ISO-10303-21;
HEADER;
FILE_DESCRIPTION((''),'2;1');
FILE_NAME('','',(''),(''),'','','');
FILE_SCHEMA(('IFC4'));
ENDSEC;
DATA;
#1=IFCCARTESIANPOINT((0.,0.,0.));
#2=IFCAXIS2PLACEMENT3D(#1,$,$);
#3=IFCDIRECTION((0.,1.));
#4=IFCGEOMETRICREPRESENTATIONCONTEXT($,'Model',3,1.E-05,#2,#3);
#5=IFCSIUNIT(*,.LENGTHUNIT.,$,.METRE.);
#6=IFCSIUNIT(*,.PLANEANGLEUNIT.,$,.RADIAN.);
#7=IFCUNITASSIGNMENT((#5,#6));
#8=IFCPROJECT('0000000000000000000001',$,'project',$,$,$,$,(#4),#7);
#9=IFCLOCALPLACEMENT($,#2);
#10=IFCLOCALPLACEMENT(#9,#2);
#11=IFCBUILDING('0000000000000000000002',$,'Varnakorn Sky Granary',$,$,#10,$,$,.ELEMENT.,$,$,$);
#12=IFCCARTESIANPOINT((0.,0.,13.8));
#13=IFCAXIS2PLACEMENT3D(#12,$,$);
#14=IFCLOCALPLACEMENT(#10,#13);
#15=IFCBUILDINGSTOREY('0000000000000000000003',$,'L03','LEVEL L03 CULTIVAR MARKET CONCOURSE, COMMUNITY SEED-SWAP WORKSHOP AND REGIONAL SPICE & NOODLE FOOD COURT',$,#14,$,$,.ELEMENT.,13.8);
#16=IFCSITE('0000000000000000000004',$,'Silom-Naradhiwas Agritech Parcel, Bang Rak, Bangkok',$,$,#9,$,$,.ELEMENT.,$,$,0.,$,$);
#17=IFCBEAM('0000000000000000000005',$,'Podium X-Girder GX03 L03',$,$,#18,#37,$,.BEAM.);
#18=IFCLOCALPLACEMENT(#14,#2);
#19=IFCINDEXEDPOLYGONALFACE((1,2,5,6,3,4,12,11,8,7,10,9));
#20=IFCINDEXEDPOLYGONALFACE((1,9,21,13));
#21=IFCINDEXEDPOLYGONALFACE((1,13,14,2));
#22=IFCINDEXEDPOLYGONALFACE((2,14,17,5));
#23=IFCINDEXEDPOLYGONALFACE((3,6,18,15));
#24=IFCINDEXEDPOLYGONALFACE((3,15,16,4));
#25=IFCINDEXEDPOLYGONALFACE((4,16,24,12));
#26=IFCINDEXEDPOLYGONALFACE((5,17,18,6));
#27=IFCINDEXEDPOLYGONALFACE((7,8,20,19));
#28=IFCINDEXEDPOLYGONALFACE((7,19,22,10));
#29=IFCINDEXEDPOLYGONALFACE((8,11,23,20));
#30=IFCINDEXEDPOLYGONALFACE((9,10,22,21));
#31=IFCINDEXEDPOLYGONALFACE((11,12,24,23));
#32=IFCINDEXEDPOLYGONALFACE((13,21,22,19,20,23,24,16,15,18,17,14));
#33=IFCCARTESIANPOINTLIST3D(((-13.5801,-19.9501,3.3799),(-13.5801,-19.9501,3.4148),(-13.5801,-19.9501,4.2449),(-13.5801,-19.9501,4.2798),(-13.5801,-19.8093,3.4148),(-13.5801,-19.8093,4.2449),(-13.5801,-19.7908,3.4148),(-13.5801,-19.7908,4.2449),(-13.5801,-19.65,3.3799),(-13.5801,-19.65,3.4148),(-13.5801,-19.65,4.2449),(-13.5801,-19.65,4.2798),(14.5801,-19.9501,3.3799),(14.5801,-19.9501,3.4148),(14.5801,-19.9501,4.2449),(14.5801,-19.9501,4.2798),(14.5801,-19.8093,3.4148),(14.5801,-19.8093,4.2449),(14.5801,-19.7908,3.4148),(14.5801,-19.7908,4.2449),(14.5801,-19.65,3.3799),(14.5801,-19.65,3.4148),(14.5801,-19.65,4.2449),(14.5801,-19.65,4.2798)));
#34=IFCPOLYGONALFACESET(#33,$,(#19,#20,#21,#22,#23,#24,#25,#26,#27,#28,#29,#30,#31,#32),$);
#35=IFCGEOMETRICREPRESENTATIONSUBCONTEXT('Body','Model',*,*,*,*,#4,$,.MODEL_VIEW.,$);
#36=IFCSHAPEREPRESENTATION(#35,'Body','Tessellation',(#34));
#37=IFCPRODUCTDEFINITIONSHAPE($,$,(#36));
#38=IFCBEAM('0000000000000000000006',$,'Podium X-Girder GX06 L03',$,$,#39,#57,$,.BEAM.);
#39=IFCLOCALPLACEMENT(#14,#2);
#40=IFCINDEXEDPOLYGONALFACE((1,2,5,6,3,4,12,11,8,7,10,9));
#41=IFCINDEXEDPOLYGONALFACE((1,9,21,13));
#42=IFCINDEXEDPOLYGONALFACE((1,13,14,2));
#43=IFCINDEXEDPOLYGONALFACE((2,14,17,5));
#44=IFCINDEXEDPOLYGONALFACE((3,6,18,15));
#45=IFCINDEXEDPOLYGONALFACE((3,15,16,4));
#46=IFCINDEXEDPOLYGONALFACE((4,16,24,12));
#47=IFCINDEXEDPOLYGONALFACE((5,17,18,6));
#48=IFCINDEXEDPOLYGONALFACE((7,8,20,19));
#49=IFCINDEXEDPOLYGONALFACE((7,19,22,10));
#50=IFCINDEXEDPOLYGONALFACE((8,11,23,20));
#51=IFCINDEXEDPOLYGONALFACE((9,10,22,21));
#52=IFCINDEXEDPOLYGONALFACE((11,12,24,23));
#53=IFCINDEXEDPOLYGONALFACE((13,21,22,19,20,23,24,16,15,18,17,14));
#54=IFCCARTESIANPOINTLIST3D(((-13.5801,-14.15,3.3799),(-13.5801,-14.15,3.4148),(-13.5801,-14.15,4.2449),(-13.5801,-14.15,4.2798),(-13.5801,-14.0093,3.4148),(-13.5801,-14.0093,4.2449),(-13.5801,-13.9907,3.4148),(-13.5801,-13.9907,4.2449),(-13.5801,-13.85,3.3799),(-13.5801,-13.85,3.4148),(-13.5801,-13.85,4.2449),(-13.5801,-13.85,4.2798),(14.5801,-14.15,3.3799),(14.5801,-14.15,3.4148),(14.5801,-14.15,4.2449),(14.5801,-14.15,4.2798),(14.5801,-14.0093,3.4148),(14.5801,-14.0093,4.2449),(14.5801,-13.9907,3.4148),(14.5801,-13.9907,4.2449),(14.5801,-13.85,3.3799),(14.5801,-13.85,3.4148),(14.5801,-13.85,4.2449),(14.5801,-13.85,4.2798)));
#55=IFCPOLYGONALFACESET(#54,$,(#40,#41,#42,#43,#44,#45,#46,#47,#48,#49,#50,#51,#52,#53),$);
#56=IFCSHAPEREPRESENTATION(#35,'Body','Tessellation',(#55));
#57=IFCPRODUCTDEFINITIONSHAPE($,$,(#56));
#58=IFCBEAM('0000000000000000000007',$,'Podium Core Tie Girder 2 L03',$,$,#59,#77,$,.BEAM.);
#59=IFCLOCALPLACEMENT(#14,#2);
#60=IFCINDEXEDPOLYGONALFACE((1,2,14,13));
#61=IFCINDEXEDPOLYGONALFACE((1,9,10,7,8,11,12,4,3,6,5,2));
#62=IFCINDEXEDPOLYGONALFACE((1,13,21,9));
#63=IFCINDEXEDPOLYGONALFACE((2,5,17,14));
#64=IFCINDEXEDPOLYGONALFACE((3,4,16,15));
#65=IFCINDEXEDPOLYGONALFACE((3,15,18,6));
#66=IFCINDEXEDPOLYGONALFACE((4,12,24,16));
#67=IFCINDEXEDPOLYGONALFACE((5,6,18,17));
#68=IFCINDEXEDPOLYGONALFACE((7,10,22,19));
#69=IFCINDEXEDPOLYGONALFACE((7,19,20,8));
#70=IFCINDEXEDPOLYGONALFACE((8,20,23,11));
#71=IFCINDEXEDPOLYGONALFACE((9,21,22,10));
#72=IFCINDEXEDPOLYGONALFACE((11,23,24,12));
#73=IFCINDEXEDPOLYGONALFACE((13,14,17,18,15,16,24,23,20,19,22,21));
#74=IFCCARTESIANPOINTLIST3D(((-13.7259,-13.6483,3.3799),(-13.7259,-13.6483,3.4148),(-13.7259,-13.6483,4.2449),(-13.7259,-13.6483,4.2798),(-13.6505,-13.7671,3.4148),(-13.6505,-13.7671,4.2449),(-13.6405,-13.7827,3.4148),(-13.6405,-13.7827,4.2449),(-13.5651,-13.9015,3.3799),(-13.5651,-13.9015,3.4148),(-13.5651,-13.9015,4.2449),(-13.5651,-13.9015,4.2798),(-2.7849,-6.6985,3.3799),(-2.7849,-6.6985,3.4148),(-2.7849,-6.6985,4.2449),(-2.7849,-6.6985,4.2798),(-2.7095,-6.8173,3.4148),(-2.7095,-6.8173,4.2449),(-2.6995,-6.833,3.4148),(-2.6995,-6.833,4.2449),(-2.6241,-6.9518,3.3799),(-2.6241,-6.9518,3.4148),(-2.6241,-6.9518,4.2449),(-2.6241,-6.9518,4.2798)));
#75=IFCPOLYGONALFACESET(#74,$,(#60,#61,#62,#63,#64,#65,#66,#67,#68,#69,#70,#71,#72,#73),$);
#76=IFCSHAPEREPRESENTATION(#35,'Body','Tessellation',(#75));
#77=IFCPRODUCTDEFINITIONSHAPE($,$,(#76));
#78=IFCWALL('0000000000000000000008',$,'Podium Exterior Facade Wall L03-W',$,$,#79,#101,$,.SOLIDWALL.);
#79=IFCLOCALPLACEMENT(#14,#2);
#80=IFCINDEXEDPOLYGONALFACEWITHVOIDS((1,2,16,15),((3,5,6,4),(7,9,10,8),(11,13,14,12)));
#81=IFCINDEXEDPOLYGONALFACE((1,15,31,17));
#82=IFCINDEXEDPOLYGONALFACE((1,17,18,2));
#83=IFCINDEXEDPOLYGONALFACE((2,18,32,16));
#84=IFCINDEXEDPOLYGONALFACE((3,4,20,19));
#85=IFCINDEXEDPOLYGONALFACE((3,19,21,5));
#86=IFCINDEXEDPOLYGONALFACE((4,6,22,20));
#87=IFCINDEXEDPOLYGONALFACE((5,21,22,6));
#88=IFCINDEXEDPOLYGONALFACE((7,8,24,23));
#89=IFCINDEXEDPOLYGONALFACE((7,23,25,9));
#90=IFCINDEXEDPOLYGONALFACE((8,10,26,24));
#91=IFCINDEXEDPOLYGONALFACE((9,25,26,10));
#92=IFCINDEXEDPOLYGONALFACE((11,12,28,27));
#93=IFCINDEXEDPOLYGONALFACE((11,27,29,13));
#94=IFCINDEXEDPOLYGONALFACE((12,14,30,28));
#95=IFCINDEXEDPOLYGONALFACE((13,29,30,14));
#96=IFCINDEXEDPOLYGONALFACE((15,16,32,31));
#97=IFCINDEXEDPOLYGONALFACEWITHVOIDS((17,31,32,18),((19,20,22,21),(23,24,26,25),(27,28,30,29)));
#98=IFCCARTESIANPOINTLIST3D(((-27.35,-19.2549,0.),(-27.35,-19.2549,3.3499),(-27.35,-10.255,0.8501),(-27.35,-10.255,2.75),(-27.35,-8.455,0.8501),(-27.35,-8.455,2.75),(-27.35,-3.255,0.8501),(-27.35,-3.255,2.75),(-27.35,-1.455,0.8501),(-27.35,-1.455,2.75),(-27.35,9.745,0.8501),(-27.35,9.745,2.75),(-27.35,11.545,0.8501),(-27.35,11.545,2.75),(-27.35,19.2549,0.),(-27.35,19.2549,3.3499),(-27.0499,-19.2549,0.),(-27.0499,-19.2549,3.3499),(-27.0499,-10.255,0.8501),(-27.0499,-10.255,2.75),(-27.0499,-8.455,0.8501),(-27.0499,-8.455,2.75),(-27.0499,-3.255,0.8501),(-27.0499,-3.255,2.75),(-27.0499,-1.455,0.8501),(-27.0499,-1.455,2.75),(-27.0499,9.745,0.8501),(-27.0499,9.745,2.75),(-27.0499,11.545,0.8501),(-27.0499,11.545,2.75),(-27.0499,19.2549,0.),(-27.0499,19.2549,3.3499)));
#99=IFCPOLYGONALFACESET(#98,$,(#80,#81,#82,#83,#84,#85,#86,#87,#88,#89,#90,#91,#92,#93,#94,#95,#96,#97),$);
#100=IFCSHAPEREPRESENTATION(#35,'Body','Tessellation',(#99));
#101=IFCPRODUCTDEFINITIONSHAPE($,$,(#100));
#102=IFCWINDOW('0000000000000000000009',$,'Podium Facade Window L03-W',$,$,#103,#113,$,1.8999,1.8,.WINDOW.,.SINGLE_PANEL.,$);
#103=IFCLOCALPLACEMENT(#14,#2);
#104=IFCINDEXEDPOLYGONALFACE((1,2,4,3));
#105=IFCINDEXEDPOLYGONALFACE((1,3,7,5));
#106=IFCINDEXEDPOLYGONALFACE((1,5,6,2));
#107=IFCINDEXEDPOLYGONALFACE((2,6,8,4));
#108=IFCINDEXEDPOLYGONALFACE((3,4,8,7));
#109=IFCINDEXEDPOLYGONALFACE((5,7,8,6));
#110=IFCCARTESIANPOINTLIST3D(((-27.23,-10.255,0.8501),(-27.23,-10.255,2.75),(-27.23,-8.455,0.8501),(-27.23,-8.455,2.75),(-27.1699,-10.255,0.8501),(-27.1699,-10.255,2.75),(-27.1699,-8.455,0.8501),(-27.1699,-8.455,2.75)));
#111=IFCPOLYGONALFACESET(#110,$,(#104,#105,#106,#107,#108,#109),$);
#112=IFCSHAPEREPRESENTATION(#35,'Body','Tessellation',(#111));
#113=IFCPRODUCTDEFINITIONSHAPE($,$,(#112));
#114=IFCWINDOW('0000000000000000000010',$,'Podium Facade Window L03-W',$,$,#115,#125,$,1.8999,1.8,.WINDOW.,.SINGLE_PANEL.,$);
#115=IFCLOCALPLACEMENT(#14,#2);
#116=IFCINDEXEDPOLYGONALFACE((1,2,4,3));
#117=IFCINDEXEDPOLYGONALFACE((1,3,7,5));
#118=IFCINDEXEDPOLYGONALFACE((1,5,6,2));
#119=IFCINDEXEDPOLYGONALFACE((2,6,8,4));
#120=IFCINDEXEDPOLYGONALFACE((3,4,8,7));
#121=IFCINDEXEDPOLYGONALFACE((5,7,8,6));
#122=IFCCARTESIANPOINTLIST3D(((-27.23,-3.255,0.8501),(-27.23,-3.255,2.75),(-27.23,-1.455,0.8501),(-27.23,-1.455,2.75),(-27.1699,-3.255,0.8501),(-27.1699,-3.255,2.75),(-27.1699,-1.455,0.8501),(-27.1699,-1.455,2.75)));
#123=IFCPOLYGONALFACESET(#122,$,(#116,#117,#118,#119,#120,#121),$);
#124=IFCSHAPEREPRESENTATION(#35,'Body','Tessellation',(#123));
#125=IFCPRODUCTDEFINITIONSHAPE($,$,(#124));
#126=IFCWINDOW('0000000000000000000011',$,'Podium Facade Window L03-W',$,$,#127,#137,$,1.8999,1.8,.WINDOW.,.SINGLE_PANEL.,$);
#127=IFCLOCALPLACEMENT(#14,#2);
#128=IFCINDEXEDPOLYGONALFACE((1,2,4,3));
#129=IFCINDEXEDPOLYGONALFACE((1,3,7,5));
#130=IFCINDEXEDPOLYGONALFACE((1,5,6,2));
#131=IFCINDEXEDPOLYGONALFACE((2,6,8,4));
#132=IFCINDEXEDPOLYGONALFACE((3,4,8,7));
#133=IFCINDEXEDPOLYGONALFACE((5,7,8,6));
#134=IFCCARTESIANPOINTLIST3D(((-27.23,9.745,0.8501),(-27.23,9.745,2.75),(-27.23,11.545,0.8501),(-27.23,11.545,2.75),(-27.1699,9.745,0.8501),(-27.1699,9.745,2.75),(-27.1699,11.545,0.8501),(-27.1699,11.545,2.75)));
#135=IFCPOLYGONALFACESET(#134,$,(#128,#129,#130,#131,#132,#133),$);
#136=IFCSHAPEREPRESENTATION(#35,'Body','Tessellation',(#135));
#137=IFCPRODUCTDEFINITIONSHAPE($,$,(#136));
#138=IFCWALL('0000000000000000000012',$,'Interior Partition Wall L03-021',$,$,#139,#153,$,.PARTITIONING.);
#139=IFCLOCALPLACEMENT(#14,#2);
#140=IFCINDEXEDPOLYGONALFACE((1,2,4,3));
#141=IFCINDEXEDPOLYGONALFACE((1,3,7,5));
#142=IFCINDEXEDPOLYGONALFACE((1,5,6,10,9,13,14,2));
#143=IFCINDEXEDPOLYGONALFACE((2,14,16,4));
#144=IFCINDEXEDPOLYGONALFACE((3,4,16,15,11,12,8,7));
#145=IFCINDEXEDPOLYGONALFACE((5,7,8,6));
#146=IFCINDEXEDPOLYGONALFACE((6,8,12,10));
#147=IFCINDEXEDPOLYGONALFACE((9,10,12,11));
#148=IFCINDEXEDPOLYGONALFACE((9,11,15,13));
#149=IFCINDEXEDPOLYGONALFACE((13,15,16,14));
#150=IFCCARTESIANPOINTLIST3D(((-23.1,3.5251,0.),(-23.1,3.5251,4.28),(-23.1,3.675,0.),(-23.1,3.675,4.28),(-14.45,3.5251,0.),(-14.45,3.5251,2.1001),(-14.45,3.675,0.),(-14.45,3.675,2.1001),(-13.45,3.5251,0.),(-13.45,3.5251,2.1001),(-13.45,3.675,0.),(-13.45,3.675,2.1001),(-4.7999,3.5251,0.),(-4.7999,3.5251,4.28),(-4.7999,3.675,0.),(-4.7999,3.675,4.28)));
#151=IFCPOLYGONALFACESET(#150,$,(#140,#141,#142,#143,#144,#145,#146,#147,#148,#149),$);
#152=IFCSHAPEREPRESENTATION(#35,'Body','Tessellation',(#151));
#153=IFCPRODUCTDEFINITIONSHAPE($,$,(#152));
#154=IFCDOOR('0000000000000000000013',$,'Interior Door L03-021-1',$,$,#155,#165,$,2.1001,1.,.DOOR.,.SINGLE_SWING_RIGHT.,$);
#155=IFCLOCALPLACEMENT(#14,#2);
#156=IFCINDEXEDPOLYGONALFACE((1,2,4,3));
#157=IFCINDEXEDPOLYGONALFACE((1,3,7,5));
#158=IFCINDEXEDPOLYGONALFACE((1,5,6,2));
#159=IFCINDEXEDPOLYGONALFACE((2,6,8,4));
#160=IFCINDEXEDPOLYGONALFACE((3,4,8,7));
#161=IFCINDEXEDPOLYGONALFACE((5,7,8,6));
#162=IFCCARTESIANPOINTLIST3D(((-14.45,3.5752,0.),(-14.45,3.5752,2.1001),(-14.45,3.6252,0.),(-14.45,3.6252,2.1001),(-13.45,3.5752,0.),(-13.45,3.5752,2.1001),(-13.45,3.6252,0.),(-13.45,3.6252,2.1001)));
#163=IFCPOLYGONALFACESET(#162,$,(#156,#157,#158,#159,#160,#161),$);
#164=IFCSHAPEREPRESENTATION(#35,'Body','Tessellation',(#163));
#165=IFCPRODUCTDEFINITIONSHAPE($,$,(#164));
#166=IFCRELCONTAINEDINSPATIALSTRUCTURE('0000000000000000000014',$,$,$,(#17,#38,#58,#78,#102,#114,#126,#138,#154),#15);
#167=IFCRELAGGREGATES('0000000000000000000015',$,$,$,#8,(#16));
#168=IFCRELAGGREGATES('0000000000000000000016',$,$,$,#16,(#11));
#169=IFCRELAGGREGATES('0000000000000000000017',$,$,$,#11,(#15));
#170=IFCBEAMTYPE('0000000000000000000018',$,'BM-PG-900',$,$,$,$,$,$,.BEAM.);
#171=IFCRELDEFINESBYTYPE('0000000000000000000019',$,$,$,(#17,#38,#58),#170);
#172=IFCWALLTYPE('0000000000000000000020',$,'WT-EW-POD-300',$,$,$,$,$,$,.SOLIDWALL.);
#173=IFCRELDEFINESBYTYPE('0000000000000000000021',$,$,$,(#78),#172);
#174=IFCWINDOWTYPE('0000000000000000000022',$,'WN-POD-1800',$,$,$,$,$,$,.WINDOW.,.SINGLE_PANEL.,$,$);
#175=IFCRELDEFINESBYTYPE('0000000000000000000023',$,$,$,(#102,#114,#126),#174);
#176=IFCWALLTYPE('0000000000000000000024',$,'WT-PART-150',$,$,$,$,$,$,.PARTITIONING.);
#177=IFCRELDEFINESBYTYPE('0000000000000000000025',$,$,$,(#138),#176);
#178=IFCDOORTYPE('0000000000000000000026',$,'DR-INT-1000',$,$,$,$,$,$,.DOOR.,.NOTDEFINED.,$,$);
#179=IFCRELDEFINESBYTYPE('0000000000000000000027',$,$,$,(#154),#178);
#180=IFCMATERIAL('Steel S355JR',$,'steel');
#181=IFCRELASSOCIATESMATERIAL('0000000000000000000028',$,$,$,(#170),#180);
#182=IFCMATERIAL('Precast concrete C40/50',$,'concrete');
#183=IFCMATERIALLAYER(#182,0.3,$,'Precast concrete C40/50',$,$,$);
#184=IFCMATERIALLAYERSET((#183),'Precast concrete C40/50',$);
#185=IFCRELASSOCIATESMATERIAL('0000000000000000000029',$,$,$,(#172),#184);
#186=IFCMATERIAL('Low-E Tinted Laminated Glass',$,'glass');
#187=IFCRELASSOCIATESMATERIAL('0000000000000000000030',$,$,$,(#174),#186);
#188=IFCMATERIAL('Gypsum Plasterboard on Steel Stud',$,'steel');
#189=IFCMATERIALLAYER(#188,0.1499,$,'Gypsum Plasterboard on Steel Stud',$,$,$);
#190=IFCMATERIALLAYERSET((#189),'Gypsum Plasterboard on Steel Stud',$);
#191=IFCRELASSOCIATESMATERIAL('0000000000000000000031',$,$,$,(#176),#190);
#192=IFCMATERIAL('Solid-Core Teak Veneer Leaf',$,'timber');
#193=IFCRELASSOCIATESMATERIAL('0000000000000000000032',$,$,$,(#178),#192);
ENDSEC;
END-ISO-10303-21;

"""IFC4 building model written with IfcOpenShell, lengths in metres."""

from ifc_helpers import new_model, si_unit, direction, frame, frame_2d, origin, origin_2d, place, context, subcontext, project, spatial, rectangle, i_section, extrude, material, layer, layer_set, material_profile, profile_set, type_object, element, fill, save


model = new_model("IFC4")

# Units and contexts
model_context = context("Model", 3, precision=1e-05, world=origin(), true_north=direction((0.0, 1.0)))
body_context = subcontext(model_context, "Body", "Model", "MODEL_VIEW")
ifc_project = project(units=[si_unit("LENGTHUNIT", "METRE"), si_unit("PLANEANGLEUNIT", "RADIAN")], contexts=[model_context])

# Site, building, storey
site_placement = place(None, origin())
site = spatial("IfcSite", under=ifc_project, at=site_placement, Name="Silom-Naradhiwas Agritech Parcel, Bang Rak, Bangkok", CompositionType="ELEMENT", RefElevation=0.0)
building_placement = place(site_placement, origin())
building = spatial("IfcBuilding", under=site, at=building_placement, Name="Varnakorn Sky Granary", CompositionType="ELEMENT")
storey_placement = place(building_placement, frame((0.0, 0.0, 13.8)))
storey = spatial("IfcBuildingStorey", under=building, at=storey_placement, Name="L03", Description="LEVEL L03 CULTIVAR MARKET CONCOURSE, COMMUNITY SEED-SWAP WORKSHOP AND REGIONAL SPICE & NOODLE FOOD COURT", CompositionType="ELEMENT", Elevation=13.8)

# Beams
ifc_material_1 = material(Name="Steel S355JR", Category="steel")
ifc_material_profile_1 = material_profile(ifc_material_1, i_section(OverallWidth=0.3, OverallDepth=0.8999, WebThickness=0.0186, FlangeThickness=0.0349, at=origin_2d()), Name="HE 900 B")
ifc_profile_set_1 = profile_set([ifc_material_profile_1], Name="Steel S355JR")
beam_type_1 = type_object("IfcBeamType", Name="BM-PG-900", PredefinedType="BEAM", material=ifc_profile_set_1)
for number, where, z_axis, x_axis, name in (
    (1, (-13.5801, -19.8, 3.8298), (1.0, 0.0, 0.0), (0.0, 1.0, 0.0), "Podium X-Girder GX03 L03"),
    (2, (-13.5801, -14.0, 3.8298), (1.0, 0.0, 0.0), (0.0, 1.0, 0.0), "Podium X-Girder GX06 L03"),
):
    element("IfcBeam", number, at=place(storey_placement, frame(where, z_axis=z_axis, x_axis=x_axis)), inside=storey, type_object=beam_type_1, Name=name, PredefinedType="BEAM", context=body_context, shape_type="SweptSolid", body=[
        extrude(i_section(OverallWidth=0.3, OverallDepth=0.8999, WebThickness=0.0186, FlangeThickness=0.0349, at=origin_2d()), origin(), (0.0, 0.0, 1.0), 28.1602),
    ])
beam_1_placement = place(storey_placement, frame((-13.6455, -13.7749, 3.8298), z_axis=(0.844105, 0.536178, 0.0), x_axis=(-0.536178, 0.844105, 0.0)))
element("IfcBeam", 3, at=beam_1_placement, inside=storey, type_object=beam_type_1, Name="Podium Core Tie Girder 2 L03", PredefinedType="BEAM", context=body_context, shape_type="SweptSolid", body=[
    extrude(i_section(OverallWidth=0.3, OverallDepth=0.8999, WebThickness=0.0186, FlangeThickness=0.0349, at=origin_2d()), origin(), (0.0, 0.0, 1.0), 12.9617),
])

# Wall, openings, windows
ifc_material_2 = material(Name="Precast concrete C40/50", Category="concrete")
ifc_layer_1 = layer(ifc_material_2, 0.3, Name="Precast concrete C40/50")
ifc_layer_set_1 = layer_set([ifc_layer_1], Name="Precast concrete C40/50")
wall_type_1 = type_object("IfcWallType", Name="WT-EW-POD-300", PredefinedType="SOLIDWALL", material=ifc_layer_set_1)
wall_1_placement = place(storey_placement, frame((-27.2, -19.2549, 0.0), z_axis=(0.0, 0.0, 1.0), x_axis=(0.0, 1.0, 0.0)))
wall_1 = element("IfcWall", 4, at=wall_1_placement, inside=storey, type_object=wall_type_1, Name="Podium Exterior Facade Wall L03-W", PredefinedType="SOLIDWALL", context=body_context, shape_type="SweptSolid", body=[
    extrude(rectangle(XDim=38.5098, YDim=0.3, at=frame_2d((19.2549, 0.0))), origin(), (0.0, 0.0, 1.0), 3.3499),
])
opening_1_placement = place(wall_1_placement, frame((9.0, 0.0, 0.8501)))
opening_1 = element("IfcOpeningElement", 5, at=opening_1_placement, cuts=wall_1, PredefinedType="OPENING", context=body_context, shape_type="SweptSolid", body=[
    extrude(rectangle(XDim=1.8, YDim=1.8999, at=frame_2d((0.8999, 0.95))), frame((0.0, 0.1602, 0.0), z_axis=(0.0, -1.0, 0.0), x_axis=(1.0, 0.0, 0.0)), (0.0, 0.0, 1.0), 0.3201),
])
opening_2_placement = place(wall_1_placement, frame((16.0, 0.0, 0.8501)))
opening_2 = element("IfcOpeningElement", 6, at=opening_2_placement, cuts=wall_1, PredefinedType="OPENING", context=body_context, shape_type="SweptSolid", body=[
    extrude(rectangle(XDim=1.8, YDim=1.8999, at=frame_2d((0.8999, 0.95))), frame((0.0, 0.1602, 0.0), z_axis=(0.0, -1.0, 0.0), x_axis=(1.0, 0.0, 0.0)), (0.0, 0.0, 1.0), 0.3201),
])
opening_3_placement = place(wall_1_placement, frame((29.0, 0.0, 0.8501)))
opening_3 = element("IfcOpeningElement", 7, at=opening_3_placement, cuts=wall_1, PredefinedType="OPENING", context=body_context, shape_type="SweptSolid", body=[
    extrude(rectangle(XDim=1.8, YDim=1.8999, at=frame_2d((0.8999, 0.95))), frame((0.0, 0.1602, 0.0), z_axis=(0.0, -1.0, 0.0), x_axis=(1.0, 0.0, 0.0)), (0.0, 0.0, 1.0), 0.3201),
])
ifc_material_3 = material(Name="Low-E Tinted Laminated Glass", Category="glass")
window_type = type_object("IfcWindowType", Name="WN-POD-1800", PartitioningType="SINGLE_PANEL", PredefinedType="WINDOW", material=ifc_material_3)
window_1_placement = place(opening_1_placement, origin())
window_1 = element("IfcWindow", 8, at=window_1_placement, inside=storey, type_object=window_type, Name="Podium Facade Window L03-W", OverallHeight=1.8999, OverallWidth=1.8, PartitioningType="SINGLE_PANEL", PredefinedType="WINDOW", context=body_context, shape_type="SweptSolid", body=[
    extrude(rectangle(XDim=1.8, YDim=1.8999, at=frame_2d((0.8999, 0.95))), frame((0.0, 0.03, 0.0), z_axis=(0.0, -1.0, 0.0), x_axis=(1.0, 0.0, 0.0)), (0.0, 0.0, 1.0), 0.0601),
])
fill(opening_1, window_1)
window_2_placement = place(opening_2_placement, origin())
window_2 = element("IfcWindow", 9, at=window_2_placement, inside=storey, type_object=window_type, Name="Podium Facade Window L03-W", OverallHeight=1.8999, OverallWidth=1.8, PartitioningType="SINGLE_PANEL", PredefinedType="WINDOW", context=body_context, shape_type="SweptSolid", body=[
    extrude(rectangle(XDim=1.8, YDim=1.8999, at=frame_2d((0.8999, 0.95))), frame((0.0, 0.03, 0.0), z_axis=(0.0, -1.0, 0.0), x_axis=(1.0, 0.0, 0.0)), (0.0, 0.0, 1.0), 0.0601),
])
fill(opening_2, window_2)
window_3_placement = place(opening_3_placement, origin())
window_3 = element("IfcWindow", 10, at=window_3_placement, inside=storey, type_object=window_type, Name="Podium Facade Window L03-W", OverallHeight=1.8999, OverallWidth=1.8, PartitioningType="SINGLE_PANEL", PredefinedType="WINDOW", context=body_context, shape_type="SweptSolid", body=[
    extrude(rectangle(XDim=1.8, YDim=1.8999, at=frame_2d((0.8999, 0.95))), frame((0.0, 0.03, 0.0), z_axis=(0.0, -1.0, 0.0), x_axis=(1.0, 0.0, 0.0)), (0.0, 0.0, 1.0), 0.0601),
])
fill(opening_3, window_3)

# Wall, opening, door
ifc_material_4 = material(Name="Gypsum Plasterboard on Steel Stud", Category="steel")
ifc_layer_2 = layer(ifc_material_4, 0.1499, Name="Gypsum Plasterboard on Steel Stud")
ifc_layer_set_2 = layer_set([ifc_layer_2], Name="Gypsum Plasterboard on Steel Stud")
wall_type_2 = type_object("IfcWallType", Name="WT-PART-150", PredefinedType="PARTITIONING", material=ifc_layer_set_2)
wall_2_placement = place(storey_placement, frame((-4.8, 3.6001, 0.0), z_axis=(0.0, 0.0, 1.0), x_axis=(-1.0, 0.0, 0.0)))
wall_2 = element("IfcWall", 11, at=wall_2_placement, inside=storey, type_object=wall_type_2, Name="Interior Partition Wall L03-021", PredefinedType="PARTITIONING", context=body_context, shape_type="SweptSolid", body=[
    extrude(rectangle(XDim=18.3, YDim=0.1499, at=frame_2d((9.1499, 0.0))), origin(), (0.0, 0.0, 1.0), 4.28),
])
opening_4_placement = place(wall_2_placement, frame((8.6499, 0.0, 0.0)))
opening_4 = element("IfcOpeningElement", 12, at=opening_4_placement, cuts=wall_2, PredefinedType="OPENING", context=body_context, shape_type="SweptSolid", body=[
    extrude(rectangle(XDim=1.0, YDim=2.1001, at=frame_2d((0.5, 1.05))), frame((0.0, 0.085, 0.0), z_axis=(0.0, -1.0, 0.0), x_axis=(1.0, 0.0, 0.0)), (0.0, 0.0, 1.0), 0.1699),
])
ifc_material_5 = material(Name="Solid-Core Teak Veneer Leaf", Category="timber")
door_type = type_object("IfcDoorType", Name="DR-INT-1000", OperationType="NOTDEFINED", PredefinedType="DOOR", material=ifc_material_5)
door_1_placement = place(opening_4_placement, origin())
door_1 = element("IfcDoor", 13, at=door_1_placement, inside=storey, type_object=door_type, Name="Interior Door L03-021-1", OperationType="SINGLE_SWING_RIGHT", OverallHeight=2.1001, OverallWidth=1.0, PredefinedType="DOOR", context=body_context, shape_type="SweptSolid", body=[
    extrude(rectangle(XDim=1.0, YDim=2.1001, at=frame_2d((0.5, 1.05))), frame((0.0, 0.0249, 0.0), z_axis=(0.0, -1.0, 0.0), x_axis=(1.0, 0.0, 0.0)), (0.0, 0.0, 1.0), 0.05),
])
fill(opening_4, door_1)

save(model, "model.ifc")
